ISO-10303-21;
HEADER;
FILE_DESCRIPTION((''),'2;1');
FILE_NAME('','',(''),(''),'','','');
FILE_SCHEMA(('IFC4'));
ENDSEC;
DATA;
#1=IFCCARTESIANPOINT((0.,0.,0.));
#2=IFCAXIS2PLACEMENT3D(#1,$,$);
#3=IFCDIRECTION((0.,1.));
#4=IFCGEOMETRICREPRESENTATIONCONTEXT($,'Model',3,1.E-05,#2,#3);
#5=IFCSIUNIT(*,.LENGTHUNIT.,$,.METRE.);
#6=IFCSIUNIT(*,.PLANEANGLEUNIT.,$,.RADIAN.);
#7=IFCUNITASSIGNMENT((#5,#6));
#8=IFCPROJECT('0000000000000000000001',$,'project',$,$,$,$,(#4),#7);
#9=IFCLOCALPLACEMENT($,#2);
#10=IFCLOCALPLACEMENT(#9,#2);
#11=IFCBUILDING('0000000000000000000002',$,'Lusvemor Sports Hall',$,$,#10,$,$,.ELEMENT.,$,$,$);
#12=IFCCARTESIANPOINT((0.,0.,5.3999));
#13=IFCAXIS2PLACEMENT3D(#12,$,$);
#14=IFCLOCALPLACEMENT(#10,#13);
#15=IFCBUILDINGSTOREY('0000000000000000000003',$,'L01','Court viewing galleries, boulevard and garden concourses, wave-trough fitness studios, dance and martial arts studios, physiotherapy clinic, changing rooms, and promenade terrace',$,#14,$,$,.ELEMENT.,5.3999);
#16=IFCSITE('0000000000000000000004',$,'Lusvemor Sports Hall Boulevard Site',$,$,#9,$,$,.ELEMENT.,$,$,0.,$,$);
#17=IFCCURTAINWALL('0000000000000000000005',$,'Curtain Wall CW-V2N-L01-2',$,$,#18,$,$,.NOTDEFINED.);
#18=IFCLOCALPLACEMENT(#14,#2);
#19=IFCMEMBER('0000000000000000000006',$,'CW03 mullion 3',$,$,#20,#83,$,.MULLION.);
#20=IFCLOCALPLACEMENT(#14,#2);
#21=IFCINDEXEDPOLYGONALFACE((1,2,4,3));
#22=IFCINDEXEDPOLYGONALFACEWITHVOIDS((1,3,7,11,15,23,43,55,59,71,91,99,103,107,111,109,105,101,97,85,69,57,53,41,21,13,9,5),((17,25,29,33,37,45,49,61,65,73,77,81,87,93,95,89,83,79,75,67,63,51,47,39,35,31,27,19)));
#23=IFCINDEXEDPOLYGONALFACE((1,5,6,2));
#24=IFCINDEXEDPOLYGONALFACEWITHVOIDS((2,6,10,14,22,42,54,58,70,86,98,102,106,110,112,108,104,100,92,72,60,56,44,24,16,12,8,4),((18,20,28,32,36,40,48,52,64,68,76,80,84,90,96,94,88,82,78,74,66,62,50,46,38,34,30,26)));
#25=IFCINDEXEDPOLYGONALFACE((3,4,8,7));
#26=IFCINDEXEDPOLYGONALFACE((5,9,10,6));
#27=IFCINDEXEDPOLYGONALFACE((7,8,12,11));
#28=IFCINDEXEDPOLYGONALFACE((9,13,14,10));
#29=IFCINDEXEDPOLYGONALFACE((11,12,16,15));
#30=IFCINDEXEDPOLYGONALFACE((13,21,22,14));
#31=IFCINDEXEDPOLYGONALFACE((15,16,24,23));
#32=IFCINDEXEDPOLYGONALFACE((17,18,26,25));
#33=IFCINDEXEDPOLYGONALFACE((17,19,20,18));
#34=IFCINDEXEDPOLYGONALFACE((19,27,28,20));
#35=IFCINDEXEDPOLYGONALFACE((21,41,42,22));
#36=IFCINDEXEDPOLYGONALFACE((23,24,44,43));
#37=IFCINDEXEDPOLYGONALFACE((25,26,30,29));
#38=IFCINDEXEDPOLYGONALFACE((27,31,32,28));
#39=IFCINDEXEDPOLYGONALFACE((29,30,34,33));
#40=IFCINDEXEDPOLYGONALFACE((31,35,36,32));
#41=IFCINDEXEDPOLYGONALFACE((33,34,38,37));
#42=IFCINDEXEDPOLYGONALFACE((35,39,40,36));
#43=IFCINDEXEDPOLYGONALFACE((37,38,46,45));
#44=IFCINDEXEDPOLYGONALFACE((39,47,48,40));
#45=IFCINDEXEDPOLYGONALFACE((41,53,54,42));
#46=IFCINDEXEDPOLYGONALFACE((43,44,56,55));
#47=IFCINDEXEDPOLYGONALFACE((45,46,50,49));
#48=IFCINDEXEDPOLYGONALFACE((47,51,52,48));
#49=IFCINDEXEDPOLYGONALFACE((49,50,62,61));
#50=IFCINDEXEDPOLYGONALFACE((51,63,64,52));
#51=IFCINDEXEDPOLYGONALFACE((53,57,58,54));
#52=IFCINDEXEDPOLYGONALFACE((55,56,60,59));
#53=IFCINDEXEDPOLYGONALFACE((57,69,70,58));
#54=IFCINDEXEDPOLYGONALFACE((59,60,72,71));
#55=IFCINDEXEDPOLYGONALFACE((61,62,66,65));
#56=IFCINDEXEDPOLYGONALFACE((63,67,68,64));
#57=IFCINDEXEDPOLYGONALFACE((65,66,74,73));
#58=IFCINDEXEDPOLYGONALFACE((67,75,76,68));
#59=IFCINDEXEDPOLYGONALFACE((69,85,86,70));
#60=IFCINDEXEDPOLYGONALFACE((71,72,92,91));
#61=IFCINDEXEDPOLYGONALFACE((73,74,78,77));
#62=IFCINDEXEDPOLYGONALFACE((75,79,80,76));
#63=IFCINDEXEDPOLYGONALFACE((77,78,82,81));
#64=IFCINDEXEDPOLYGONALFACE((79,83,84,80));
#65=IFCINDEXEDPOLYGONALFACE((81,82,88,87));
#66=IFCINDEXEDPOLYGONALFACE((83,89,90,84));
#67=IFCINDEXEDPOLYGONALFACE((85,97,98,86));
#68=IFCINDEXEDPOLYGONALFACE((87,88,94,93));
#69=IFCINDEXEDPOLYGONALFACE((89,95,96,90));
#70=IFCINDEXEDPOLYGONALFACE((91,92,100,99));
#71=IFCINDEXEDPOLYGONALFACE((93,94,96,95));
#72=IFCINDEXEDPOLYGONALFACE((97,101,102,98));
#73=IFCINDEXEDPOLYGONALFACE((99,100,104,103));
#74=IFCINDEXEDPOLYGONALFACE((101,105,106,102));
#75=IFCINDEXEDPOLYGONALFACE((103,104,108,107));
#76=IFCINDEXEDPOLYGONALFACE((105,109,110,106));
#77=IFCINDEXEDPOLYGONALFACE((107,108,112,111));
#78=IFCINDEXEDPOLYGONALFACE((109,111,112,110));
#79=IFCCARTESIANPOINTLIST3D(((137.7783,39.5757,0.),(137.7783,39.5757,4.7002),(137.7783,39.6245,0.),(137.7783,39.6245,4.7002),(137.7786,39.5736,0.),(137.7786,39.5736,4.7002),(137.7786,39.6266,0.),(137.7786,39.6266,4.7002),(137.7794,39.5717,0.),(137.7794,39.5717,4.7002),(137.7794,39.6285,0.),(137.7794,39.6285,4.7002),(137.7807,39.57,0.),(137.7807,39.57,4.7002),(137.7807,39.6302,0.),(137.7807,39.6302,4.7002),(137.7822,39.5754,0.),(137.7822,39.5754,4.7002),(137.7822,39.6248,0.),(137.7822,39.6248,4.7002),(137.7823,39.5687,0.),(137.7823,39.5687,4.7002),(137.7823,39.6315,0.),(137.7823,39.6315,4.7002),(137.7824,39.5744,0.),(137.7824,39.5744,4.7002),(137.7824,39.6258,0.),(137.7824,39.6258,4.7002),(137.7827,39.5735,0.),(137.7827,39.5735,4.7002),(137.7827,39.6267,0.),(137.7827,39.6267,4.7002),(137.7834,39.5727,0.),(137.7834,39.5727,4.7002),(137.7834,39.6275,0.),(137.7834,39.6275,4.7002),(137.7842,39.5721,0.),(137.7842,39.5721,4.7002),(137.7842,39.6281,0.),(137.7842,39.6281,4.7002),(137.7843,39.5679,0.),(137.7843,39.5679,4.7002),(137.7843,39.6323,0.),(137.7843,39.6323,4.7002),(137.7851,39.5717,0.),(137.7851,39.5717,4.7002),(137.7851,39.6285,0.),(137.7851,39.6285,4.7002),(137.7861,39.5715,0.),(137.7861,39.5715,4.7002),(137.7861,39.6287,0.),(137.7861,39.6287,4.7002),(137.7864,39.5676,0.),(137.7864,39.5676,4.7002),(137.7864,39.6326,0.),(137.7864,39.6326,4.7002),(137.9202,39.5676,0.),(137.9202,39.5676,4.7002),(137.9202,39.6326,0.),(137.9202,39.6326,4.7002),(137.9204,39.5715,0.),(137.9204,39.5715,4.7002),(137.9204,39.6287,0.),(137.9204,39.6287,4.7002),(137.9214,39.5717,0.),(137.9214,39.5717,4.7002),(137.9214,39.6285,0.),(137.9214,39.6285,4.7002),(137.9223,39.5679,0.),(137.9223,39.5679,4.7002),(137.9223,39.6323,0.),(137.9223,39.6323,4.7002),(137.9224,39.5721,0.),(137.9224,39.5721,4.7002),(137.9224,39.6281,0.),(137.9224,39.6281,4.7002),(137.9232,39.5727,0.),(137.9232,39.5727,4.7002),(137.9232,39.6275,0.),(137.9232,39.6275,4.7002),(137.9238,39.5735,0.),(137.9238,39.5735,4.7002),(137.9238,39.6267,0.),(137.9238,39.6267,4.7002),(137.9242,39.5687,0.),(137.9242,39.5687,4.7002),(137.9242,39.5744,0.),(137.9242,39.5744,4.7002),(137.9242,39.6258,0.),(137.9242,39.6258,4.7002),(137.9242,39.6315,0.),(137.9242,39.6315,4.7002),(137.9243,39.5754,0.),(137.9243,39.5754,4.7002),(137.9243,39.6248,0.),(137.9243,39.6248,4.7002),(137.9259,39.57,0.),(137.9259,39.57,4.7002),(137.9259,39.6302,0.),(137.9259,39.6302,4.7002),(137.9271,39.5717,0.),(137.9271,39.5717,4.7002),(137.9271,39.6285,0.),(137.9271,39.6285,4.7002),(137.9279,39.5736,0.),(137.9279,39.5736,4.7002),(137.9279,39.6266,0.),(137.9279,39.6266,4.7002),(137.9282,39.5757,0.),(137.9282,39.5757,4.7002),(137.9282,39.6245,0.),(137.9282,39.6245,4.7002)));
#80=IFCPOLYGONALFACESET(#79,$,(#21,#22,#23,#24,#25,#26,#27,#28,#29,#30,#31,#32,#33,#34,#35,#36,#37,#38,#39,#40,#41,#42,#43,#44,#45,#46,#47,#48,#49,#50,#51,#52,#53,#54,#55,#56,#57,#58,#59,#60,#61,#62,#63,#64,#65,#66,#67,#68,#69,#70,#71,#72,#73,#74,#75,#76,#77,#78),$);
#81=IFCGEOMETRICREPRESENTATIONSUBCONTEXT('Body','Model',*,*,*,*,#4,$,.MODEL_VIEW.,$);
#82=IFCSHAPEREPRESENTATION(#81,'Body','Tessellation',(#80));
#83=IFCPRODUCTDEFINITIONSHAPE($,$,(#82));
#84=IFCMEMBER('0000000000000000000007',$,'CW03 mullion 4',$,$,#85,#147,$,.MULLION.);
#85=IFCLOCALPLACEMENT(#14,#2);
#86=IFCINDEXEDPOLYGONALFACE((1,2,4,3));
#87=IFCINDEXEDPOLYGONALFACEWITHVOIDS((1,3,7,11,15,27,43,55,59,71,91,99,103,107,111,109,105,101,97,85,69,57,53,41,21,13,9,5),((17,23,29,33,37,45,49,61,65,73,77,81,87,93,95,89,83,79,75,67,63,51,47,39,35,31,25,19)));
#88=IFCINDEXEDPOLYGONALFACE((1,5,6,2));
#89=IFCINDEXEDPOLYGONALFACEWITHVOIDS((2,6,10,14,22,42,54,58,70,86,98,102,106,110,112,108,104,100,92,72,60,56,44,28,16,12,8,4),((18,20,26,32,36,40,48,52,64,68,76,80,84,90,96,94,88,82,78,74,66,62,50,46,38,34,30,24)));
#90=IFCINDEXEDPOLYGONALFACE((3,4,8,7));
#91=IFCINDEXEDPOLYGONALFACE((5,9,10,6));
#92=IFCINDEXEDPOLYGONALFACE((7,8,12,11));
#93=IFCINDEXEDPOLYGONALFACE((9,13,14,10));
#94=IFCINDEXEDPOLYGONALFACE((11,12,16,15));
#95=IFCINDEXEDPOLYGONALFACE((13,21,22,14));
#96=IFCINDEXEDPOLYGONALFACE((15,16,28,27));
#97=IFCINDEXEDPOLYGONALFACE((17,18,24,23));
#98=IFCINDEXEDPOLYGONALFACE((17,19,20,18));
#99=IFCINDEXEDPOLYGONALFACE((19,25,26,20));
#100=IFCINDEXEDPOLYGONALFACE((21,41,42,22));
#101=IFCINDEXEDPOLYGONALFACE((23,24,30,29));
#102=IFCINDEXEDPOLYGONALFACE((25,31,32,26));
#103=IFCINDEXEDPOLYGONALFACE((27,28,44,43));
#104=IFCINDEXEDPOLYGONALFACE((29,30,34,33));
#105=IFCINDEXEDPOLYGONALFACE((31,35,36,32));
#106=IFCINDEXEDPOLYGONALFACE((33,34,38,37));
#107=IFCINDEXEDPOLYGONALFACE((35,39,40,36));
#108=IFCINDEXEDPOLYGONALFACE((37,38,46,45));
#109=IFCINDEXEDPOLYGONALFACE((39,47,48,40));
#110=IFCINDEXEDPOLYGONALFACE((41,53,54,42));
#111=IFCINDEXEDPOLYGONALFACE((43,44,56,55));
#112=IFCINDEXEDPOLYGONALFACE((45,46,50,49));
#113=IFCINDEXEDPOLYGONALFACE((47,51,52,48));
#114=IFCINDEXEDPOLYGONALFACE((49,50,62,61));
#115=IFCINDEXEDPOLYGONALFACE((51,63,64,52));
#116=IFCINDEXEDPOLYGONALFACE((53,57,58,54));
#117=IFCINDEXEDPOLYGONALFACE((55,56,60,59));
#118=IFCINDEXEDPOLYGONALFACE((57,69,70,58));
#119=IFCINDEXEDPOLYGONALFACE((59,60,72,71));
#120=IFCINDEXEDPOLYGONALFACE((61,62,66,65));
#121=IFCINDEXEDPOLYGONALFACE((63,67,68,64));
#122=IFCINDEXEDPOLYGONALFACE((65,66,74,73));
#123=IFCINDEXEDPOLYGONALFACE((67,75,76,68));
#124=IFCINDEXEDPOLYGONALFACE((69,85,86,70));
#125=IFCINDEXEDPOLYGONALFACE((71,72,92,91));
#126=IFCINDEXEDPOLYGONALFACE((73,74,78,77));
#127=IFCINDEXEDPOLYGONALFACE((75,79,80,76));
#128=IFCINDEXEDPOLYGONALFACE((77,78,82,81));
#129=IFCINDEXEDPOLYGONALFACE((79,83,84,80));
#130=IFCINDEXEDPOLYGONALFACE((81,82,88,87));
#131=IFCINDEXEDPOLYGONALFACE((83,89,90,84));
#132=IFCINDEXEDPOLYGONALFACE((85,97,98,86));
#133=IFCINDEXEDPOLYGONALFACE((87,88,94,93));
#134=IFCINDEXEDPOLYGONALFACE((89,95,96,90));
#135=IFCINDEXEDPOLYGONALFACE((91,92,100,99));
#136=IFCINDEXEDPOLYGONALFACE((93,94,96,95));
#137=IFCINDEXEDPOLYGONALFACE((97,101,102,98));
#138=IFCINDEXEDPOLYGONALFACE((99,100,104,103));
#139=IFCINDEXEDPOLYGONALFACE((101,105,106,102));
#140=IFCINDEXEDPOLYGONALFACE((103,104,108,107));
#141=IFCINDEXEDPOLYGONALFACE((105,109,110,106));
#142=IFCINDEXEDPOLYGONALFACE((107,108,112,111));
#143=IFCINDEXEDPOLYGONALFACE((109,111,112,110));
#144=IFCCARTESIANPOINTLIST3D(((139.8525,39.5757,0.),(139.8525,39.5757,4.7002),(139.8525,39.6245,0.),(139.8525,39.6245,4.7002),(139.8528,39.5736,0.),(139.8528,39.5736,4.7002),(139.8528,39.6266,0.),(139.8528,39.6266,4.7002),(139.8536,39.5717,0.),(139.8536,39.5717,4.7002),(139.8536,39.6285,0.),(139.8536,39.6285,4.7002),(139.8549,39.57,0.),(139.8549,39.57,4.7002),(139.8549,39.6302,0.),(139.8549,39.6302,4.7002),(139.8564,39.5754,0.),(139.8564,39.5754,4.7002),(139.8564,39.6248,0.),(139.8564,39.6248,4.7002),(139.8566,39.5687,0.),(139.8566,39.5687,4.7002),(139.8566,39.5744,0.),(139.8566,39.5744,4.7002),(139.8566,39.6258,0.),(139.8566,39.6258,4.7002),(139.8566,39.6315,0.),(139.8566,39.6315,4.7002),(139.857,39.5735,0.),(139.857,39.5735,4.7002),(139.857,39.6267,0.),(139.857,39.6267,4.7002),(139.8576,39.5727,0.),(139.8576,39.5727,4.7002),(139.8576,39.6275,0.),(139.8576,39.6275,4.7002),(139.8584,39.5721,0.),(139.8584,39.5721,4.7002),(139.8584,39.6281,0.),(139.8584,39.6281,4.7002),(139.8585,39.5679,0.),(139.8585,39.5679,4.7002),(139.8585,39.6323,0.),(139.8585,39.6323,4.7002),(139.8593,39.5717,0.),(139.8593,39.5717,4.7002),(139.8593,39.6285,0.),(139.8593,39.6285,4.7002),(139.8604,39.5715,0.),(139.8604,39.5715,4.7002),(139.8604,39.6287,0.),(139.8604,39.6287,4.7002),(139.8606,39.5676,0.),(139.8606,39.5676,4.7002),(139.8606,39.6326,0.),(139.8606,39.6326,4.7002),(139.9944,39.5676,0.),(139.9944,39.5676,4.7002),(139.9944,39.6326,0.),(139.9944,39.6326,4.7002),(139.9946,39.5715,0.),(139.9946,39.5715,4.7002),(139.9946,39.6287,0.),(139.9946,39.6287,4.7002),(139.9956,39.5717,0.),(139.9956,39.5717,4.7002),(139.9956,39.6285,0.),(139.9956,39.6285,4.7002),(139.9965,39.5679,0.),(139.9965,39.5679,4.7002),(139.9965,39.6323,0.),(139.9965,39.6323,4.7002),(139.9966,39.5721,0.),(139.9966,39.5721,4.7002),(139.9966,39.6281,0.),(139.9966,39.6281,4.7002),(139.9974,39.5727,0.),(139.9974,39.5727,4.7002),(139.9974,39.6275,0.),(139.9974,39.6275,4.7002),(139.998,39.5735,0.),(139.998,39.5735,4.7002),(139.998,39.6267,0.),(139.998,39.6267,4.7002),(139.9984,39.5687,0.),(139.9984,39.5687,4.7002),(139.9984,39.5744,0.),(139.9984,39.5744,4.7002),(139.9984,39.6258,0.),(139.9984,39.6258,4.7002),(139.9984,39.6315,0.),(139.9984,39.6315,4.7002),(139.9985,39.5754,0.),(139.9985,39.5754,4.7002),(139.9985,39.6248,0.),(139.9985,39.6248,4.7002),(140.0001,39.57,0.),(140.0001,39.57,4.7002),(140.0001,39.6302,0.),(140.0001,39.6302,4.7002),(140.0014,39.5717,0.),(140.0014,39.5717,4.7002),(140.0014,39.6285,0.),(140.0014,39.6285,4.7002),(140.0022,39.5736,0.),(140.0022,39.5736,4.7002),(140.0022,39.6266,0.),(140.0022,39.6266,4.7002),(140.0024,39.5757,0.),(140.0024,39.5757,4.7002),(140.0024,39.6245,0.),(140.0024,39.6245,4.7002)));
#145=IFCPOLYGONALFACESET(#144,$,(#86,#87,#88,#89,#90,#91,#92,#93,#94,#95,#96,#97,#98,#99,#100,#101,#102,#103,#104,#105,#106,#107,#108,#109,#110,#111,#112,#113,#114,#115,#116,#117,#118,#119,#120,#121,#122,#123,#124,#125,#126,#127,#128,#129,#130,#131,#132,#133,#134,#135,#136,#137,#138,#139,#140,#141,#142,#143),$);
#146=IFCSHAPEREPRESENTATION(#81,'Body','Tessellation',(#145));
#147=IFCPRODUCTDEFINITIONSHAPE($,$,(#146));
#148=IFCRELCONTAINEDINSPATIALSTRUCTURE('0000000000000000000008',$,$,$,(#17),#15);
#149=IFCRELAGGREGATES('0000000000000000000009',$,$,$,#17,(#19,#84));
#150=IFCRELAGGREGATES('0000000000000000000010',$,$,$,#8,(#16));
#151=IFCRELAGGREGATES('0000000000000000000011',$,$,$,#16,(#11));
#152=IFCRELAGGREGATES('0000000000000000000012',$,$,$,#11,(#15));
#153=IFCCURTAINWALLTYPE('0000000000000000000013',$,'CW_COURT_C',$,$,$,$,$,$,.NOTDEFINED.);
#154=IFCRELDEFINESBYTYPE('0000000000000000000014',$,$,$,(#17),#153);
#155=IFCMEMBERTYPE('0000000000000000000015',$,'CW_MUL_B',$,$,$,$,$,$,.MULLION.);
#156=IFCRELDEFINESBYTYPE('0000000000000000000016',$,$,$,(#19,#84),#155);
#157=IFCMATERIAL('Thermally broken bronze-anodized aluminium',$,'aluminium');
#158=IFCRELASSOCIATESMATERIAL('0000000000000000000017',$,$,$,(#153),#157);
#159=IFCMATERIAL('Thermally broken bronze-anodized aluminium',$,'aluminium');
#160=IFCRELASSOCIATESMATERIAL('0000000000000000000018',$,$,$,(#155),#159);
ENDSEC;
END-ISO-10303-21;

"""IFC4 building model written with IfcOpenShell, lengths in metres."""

from ifc_helpers import new_model, si_unit, direction, frame, origin, origin_2d, place, context, subcontext, project, spatial, hollow_rectangle, extrude, material, material_profile, profile_set, type_object, element, aggregate, save


model = new_model("IFC4")

# Units and contexts
model_context = context("Model", 3, precision=1e-05, world=origin(), true_north=direction((0.0, 1.0)))
body_context = subcontext(model_context, "Body", "Model", "MODEL_VIEW")
ifc_project = project(units=[si_unit("LENGTHUNIT", "METRE"), si_unit("PLANEANGLEUNIT", "RADIAN")], contexts=[model_context])

# Site, building, storey
site_placement = place(None, origin())
site = spatial("IfcSite", under=ifc_project, at=site_placement, Name="Lusvemor Sports Hall Boulevard Site", CompositionType="ELEMENT", RefElevation=0.0)
building_placement = place(site_placement, origin())
building = spatial("IfcBuilding", under=site, at=building_placement, Name="Lusvemor Sports Hall", CompositionType="ELEMENT")
storey_placement = place(building_placement, frame((0.0, 0.0, 5.3999)))
storey = spatial("IfcBuildingStorey", under=building, at=storey_placement, Name="L01", Description="Court viewing galleries, boulevard and garden concourses, wave-trough fitness studios, dance and martial arts studios, physiotherapy clinic, changing rooms, and promenade terrace", CompositionType="ELEMENT", Elevation=5.3999)

# Curtain wall, members
ifc_material_1 = material(Name="Thermally broken bronze-anodized aluminium", Category="aluminium")
curtain_wall_type = type_object("IfcCurtainWallType", Name="CW_COURT_C", PredefinedType="NOTDEFINED", material=ifc_material_1)
curtain_wall_placement = place(storey_placement, origin())
curtain_wall = element("IfcCurtainWall", 1, at=curtain_wall_placement, inside=storey, type_object=curtain_wall_type, Name="Curtain Wall CW-V2N-L01-2", PredefinedType="NOTDEFINED")
ifc_material_2 = material(Name="Thermally broken bronze-anodized aluminium", Category="aluminium")
ifc_material_profile_1 = material_profile(ifc_material_2, hollow_rectangle(XDim=0.0649, YDim=0.1499, WallThickness=0.0039, InnerFilletRadius=0.0039, OuterFilletRadius=0.0081, at=origin_2d()), Name="CWMUL150x65x4")
ifc_profile_set_1 = profile_set([ifc_material_profile_1], Name="Thermally broken bronze-anodized aluminium")
member_type_1 = type_object("IfcMemberType", Name="CW_MUL_B", PredefinedType="MULLION", material=ifc_profile_set_1)
member_1_placement = place(storey_placement, frame((137.8533, 39.6001, 0.0), z_axis=(0.0, 0.0, 1.0), x_axis=(0.0, 1.0, 0.0)))
member_1 = element("IfcMember", 2, at=member_1_placement, type_object=member_type_1, Name="CW03 mullion 3", PredefinedType="MULLION", context=body_context, shape_type="SweptSolid", body=[
    extrude(hollow_rectangle(XDim=0.0649, YDim=0.1499, WallThickness=0.0039, InnerFilletRadius=0.0039, OuterFilletRadius=0.0081, at=origin_2d()), origin(), (0.0, 0.0, 1.0), 4.7002),
])
member_2_placement = place(storey_placement, frame((139.9275, 39.6001, 0.0), z_axis=(0.0, 0.0, 1.0), x_axis=(0.0, 1.0, 0.0)))
member_2 = element("IfcMember", 3, at=member_2_placement, type_object=member_type_1, Name="CW03 mullion 4", PredefinedType="MULLION", context=body_context, shape_type="SweptSolid", body=[
    extrude(hollow_rectangle(XDim=0.0649, YDim=0.1499, WallThickness=0.0039, InnerFilletRadius=0.0039, OuterFilletRadius=0.0081, at=origin_2d()), origin(), (0.0, 0.0, 1.0), 4.7002),
])

aggregate(curtain_wall, [member_1, member_2])

save(model, "model.ifc")
